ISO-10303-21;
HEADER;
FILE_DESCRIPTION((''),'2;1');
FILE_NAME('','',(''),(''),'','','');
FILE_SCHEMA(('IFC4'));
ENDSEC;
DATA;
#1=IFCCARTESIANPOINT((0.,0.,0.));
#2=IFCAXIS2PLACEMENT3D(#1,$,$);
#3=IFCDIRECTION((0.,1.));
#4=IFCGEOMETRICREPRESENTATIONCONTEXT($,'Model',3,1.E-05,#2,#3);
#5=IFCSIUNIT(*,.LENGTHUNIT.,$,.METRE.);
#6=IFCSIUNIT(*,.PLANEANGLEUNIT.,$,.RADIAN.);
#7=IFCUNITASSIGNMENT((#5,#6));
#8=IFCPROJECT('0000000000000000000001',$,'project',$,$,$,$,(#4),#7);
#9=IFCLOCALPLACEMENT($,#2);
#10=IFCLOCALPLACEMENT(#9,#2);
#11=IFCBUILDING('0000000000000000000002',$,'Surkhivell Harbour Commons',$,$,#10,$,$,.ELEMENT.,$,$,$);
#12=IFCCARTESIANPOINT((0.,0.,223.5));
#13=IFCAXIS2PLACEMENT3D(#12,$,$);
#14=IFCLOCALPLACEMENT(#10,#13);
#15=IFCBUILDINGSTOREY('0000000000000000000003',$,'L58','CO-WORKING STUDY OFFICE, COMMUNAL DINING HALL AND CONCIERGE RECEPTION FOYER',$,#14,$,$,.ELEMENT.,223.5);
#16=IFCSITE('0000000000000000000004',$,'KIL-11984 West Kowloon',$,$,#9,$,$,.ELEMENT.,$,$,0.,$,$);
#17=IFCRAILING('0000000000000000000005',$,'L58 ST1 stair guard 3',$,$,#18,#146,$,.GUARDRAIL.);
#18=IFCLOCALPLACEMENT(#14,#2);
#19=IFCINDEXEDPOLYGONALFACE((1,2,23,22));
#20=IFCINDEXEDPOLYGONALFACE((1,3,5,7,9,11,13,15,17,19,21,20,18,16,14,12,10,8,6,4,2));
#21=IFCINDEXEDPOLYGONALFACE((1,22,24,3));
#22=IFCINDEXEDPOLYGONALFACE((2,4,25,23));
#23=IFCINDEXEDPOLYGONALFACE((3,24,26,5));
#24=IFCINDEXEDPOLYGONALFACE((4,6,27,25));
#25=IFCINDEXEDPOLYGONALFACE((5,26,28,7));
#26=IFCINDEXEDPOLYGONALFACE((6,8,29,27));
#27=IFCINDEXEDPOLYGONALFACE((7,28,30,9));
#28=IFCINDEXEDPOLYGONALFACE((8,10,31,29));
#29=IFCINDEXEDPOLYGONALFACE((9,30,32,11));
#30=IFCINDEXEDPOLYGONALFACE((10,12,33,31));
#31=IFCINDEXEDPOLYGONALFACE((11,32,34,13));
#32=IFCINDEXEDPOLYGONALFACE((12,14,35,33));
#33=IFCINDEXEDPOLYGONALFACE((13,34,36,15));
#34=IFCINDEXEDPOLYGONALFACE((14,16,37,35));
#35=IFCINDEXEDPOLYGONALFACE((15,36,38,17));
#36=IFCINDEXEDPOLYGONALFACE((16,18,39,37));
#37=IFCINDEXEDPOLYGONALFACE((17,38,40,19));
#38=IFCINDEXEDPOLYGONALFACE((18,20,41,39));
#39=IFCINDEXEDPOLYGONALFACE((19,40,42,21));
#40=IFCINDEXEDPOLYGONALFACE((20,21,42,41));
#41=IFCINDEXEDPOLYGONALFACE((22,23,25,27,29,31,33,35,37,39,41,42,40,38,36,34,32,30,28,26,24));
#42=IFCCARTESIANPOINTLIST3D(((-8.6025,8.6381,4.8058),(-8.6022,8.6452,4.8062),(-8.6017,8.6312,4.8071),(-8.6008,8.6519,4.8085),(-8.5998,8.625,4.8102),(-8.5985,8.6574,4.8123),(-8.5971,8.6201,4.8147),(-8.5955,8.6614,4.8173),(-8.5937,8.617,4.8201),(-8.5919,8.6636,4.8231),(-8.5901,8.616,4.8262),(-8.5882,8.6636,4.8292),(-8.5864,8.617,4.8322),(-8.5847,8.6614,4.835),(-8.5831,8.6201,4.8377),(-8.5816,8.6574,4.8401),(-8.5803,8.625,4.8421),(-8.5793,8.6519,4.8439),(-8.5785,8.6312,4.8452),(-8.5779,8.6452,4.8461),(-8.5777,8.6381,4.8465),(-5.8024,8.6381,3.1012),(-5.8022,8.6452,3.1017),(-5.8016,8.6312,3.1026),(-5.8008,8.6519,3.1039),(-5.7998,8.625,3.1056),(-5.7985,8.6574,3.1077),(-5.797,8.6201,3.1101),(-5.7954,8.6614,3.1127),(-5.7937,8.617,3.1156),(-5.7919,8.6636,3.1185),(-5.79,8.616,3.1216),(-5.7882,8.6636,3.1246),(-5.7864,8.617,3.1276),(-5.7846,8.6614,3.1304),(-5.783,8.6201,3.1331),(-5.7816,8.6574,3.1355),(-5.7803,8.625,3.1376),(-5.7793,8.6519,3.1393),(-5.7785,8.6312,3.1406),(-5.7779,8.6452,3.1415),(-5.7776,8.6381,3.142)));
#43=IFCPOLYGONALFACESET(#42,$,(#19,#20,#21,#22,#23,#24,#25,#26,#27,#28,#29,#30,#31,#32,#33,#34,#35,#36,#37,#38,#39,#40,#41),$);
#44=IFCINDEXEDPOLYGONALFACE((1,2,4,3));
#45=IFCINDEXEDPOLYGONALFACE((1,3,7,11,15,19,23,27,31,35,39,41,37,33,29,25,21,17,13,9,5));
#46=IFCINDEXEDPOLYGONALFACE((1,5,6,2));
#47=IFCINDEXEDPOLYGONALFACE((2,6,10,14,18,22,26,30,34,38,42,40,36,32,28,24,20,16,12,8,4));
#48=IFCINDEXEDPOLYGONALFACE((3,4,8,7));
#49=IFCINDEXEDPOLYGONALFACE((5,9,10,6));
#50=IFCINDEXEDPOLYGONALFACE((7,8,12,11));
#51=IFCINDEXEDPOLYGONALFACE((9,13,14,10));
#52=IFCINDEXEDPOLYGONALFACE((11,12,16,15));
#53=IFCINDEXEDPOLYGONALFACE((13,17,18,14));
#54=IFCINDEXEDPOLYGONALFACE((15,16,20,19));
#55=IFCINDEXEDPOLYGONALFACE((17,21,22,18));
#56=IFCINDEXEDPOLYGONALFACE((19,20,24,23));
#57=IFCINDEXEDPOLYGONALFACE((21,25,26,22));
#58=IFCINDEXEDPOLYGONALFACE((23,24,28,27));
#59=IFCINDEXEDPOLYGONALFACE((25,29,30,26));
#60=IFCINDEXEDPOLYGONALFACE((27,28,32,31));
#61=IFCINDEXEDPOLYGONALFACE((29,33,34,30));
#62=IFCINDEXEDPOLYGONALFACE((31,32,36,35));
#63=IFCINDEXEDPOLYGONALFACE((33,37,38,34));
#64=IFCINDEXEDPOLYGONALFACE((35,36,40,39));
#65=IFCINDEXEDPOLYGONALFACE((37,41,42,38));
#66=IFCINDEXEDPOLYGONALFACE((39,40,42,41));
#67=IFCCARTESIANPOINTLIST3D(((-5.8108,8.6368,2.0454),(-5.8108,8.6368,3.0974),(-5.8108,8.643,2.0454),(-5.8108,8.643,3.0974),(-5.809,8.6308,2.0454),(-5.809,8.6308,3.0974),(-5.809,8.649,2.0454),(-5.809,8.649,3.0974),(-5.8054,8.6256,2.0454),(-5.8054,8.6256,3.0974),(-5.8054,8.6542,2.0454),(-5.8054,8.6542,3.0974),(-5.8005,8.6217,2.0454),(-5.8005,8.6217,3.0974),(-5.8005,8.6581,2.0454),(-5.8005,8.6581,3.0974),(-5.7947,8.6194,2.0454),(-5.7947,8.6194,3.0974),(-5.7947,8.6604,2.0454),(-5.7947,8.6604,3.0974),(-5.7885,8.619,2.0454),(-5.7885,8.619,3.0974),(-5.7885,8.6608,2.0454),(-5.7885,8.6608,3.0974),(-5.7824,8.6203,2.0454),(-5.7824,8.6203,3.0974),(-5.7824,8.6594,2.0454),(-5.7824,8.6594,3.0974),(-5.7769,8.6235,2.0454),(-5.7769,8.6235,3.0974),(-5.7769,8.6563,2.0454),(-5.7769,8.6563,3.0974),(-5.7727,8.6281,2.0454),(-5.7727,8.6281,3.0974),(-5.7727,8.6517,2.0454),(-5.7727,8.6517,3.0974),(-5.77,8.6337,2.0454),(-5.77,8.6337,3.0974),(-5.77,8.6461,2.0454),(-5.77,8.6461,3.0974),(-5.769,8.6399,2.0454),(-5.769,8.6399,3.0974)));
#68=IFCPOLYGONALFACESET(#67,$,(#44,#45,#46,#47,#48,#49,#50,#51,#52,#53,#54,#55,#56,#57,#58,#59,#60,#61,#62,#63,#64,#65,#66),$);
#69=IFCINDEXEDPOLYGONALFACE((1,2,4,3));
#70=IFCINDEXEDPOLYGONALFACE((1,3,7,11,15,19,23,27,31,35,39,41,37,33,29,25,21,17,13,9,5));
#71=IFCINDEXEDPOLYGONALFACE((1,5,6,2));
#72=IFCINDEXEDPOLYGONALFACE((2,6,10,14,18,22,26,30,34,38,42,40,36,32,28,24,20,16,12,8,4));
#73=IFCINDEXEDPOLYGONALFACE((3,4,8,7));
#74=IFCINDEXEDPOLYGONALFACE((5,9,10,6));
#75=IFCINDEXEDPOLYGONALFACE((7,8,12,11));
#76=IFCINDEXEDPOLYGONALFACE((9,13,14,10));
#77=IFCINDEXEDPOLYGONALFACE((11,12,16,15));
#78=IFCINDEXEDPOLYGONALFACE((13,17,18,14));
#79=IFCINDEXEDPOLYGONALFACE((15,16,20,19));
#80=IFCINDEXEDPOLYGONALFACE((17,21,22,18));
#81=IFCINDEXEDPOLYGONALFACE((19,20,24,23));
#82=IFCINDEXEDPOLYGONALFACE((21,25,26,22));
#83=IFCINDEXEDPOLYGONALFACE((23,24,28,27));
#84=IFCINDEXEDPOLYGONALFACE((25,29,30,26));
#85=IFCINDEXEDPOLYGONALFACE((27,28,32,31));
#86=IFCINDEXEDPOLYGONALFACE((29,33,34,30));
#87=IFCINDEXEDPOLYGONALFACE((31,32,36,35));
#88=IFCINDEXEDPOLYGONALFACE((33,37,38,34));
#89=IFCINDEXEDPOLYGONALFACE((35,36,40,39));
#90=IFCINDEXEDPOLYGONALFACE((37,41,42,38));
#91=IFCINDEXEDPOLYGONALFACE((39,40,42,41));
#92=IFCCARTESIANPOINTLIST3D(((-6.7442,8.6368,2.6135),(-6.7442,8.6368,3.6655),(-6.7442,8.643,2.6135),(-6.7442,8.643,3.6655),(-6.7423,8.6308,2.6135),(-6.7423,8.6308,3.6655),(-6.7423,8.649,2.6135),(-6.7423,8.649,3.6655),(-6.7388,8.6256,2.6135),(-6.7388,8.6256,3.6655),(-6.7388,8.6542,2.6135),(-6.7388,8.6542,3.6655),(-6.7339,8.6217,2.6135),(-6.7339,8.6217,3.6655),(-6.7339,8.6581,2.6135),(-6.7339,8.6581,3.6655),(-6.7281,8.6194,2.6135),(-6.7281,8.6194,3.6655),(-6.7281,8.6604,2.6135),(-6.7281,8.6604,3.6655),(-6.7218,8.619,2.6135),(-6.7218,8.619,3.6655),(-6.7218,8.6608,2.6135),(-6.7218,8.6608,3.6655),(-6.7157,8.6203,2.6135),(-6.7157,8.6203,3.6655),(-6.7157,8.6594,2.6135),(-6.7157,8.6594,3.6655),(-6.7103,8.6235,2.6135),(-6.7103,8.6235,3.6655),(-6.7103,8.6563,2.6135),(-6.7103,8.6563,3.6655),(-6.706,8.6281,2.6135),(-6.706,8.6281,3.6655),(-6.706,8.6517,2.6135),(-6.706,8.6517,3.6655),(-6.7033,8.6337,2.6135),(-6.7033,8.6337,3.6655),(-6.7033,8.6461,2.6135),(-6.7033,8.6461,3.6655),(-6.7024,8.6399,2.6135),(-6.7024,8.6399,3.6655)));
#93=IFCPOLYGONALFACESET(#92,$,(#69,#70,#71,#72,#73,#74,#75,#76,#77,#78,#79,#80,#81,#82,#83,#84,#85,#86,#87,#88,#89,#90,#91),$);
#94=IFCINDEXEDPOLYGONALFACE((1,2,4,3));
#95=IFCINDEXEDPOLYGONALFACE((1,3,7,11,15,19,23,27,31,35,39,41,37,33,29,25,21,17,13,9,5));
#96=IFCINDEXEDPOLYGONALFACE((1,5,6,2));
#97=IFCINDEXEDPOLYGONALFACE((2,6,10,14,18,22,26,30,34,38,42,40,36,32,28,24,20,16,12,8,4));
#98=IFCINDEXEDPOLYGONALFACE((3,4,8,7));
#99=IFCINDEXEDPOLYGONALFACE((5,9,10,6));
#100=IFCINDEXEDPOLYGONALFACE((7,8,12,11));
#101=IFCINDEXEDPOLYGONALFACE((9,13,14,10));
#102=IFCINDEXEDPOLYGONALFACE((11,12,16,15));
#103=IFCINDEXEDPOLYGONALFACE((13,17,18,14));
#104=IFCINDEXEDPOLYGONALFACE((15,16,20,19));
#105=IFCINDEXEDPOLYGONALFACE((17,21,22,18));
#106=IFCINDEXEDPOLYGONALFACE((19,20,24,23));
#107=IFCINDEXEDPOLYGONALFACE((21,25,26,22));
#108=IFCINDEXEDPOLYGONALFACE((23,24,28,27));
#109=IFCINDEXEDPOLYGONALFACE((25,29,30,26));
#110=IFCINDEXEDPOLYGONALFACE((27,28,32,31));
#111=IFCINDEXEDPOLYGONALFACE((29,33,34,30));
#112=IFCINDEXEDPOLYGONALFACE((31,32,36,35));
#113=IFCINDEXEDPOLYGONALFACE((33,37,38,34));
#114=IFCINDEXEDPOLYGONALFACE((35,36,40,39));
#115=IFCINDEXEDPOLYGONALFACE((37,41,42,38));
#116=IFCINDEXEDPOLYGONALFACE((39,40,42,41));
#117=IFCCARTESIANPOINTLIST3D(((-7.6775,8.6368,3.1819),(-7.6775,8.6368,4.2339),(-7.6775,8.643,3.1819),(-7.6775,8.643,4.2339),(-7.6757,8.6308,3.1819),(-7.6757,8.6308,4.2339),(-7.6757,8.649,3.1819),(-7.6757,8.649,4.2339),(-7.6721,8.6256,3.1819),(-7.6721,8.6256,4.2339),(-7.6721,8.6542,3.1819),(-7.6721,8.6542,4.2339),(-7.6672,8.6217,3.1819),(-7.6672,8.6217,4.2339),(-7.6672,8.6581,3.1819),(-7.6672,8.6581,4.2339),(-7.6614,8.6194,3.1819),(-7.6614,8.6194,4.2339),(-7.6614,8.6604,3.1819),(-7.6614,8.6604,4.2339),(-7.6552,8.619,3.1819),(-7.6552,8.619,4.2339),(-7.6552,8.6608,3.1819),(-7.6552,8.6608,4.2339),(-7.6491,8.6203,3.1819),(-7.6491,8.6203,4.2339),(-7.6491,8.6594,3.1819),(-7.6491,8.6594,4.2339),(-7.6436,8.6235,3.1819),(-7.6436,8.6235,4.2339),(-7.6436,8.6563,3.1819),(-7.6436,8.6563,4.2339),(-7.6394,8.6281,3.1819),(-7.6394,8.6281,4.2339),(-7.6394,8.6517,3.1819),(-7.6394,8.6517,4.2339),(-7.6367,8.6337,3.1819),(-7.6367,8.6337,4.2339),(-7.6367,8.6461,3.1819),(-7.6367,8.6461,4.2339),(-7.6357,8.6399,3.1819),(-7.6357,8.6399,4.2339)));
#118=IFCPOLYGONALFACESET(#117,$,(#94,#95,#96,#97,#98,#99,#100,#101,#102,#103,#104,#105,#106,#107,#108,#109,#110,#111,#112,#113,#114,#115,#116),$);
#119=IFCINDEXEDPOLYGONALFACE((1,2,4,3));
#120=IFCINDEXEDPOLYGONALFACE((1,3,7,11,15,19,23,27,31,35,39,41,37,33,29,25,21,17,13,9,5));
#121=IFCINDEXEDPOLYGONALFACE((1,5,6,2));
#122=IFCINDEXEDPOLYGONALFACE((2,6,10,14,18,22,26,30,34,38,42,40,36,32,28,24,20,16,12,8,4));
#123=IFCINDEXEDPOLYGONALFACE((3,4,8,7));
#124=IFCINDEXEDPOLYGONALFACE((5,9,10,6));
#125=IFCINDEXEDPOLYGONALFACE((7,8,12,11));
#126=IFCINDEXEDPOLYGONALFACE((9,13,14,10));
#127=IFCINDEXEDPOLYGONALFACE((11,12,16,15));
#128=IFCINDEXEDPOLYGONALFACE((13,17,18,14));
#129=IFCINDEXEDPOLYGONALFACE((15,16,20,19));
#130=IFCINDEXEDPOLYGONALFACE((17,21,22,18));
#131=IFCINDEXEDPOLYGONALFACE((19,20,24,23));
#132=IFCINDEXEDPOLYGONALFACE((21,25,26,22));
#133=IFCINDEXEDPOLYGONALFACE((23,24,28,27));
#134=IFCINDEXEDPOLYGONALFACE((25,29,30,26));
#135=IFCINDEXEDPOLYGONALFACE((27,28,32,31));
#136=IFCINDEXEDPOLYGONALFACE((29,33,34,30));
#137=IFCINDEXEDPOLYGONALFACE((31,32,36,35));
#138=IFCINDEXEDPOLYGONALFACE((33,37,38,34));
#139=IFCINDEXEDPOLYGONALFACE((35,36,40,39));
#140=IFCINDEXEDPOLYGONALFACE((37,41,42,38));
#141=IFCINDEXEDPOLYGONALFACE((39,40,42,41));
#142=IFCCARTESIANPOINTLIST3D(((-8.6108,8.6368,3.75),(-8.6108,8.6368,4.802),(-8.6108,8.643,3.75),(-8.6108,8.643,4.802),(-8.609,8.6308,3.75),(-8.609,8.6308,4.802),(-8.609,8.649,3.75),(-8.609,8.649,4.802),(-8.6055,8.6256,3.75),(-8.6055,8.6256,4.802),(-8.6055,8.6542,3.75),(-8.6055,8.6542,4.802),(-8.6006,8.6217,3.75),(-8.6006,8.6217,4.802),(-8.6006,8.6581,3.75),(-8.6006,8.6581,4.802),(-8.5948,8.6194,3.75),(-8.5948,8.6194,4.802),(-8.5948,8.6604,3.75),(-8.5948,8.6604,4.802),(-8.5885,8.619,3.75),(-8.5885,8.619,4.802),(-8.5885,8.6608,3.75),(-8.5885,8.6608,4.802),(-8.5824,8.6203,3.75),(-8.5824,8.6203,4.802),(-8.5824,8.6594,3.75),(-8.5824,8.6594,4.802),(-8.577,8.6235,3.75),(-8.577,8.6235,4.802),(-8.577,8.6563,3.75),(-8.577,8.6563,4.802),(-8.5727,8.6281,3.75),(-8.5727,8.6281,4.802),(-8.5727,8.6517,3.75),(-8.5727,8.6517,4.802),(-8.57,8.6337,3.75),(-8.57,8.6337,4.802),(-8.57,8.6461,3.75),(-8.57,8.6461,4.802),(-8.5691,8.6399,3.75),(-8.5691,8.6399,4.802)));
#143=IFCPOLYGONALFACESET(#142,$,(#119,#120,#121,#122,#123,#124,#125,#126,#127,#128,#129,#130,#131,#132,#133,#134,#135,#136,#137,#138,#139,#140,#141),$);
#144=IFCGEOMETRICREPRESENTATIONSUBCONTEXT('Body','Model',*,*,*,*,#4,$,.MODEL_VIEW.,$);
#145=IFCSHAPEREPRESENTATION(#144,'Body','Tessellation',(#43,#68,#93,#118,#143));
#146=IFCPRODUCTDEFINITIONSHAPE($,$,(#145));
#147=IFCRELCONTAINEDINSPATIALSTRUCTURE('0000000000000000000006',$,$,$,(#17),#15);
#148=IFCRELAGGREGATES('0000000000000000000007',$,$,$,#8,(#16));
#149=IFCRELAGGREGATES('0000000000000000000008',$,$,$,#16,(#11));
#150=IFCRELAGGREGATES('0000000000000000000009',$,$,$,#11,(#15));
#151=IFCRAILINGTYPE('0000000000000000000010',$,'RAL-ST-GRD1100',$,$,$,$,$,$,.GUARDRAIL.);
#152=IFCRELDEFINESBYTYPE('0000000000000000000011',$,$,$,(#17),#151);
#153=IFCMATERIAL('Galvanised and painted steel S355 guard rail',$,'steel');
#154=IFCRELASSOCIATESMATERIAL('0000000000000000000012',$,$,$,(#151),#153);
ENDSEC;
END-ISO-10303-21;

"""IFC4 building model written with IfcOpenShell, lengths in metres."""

from ifc_helpers import new_model, si_unit, direction, frame, origin, origin_2d, place, context, subcontext, project, spatial, circle, extrude, material, type_object, element, save


model = new_model("IFC4")

# Units and contexts
model_context = context("Model", 3, precision=1e-05, world=origin(), true_north=direction((0.0, 1.0)))
body_context = subcontext(model_context, "Body", "Model", "MODEL_VIEW")
ifc_project = project(units=[si_unit("LENGTHUNIT", "METRE"), si_unit("PLANEANGLEUNIT", "RADIAN")], contexts=[model_context])

# Site, building, storey
site_placement = place(None, origin())
site = spatial("IfcSite", under=ifc_project, at=site_placement, Name="KIL-11984 West Kowloon", CompositionType="ELEMENT", RefElevation=0.0)
building_placement = place(site_placement, origin())
building = spatial("IfcBuilding", under=site, at=building_placement, Name="Surkhivell Harbour Commons", CompositionType="ELEMENT")
storey_placement = place(building_placement, frame((0.0, 0.0, 223.5)))
storey = spatial("IfcBuildingStorey", under=building, at=storey_placement, Name="L58", Description="CO-WORKING STUDY OFFICE, COMMUNAL DINING HALL AND CONCIERGE RECEPTION FOYER", CompositionType="ELEMENT", Elevation=223.5)

# Railing
ifc_material_1 = material(Name="Galvanised and painted steel S355 guard rail", Category="steel")
railing_type_1 = type_object("IfcRailingType", Name="RAL-ST-GRD1100", PredefinedType="GUARDRAIL", material=ifc_material_1)
railing_1_placement = place(storey_placement, frame((-5.79, 8.6399, 2.0454)))
element("IfcRailing", 1, at=railing_1_placement, inside=storey, type_object=railing_type_1, Name="L58 ST1 stair guard 3", PredefinedType="GUARDRAIL", context=body_context, shape_type="SweptSolid", body=[
    extrude(circle(Radius=0.0239, at=origin_2d()), frame((0.0, 0.0, 1.0762), z_axis=(-0.85417, 0.0, 0.519994), x_axis=(0.0, -1.0, 0.0)), (0.0, 0.0, 1.0), 3.2781),
    extrude(circle(Radius=0.021, at=origin_2d()), origin(), (0.0, 0.0, 1.0), 1.052),
    extrude(circle(Radius=0.021, at=origin_2d()), frame((-0.9333, 0.0, 0.5681)), (0.0, 0.0, 1.0), 1.052),
    extrude(circle(Radius=0.021, at=origin_2d()), frame((-1.8667, 0.0, 1.1365)), (0.0, 0.0, 1.0), 1.052),
    extrude(circle(Radius=0.021, at=origin_2d()), frame((-2.8, 0.0, 1.7046)), (0.0, 0.0, 1.0), 1.052),
])

save(model, "model.ifc")
